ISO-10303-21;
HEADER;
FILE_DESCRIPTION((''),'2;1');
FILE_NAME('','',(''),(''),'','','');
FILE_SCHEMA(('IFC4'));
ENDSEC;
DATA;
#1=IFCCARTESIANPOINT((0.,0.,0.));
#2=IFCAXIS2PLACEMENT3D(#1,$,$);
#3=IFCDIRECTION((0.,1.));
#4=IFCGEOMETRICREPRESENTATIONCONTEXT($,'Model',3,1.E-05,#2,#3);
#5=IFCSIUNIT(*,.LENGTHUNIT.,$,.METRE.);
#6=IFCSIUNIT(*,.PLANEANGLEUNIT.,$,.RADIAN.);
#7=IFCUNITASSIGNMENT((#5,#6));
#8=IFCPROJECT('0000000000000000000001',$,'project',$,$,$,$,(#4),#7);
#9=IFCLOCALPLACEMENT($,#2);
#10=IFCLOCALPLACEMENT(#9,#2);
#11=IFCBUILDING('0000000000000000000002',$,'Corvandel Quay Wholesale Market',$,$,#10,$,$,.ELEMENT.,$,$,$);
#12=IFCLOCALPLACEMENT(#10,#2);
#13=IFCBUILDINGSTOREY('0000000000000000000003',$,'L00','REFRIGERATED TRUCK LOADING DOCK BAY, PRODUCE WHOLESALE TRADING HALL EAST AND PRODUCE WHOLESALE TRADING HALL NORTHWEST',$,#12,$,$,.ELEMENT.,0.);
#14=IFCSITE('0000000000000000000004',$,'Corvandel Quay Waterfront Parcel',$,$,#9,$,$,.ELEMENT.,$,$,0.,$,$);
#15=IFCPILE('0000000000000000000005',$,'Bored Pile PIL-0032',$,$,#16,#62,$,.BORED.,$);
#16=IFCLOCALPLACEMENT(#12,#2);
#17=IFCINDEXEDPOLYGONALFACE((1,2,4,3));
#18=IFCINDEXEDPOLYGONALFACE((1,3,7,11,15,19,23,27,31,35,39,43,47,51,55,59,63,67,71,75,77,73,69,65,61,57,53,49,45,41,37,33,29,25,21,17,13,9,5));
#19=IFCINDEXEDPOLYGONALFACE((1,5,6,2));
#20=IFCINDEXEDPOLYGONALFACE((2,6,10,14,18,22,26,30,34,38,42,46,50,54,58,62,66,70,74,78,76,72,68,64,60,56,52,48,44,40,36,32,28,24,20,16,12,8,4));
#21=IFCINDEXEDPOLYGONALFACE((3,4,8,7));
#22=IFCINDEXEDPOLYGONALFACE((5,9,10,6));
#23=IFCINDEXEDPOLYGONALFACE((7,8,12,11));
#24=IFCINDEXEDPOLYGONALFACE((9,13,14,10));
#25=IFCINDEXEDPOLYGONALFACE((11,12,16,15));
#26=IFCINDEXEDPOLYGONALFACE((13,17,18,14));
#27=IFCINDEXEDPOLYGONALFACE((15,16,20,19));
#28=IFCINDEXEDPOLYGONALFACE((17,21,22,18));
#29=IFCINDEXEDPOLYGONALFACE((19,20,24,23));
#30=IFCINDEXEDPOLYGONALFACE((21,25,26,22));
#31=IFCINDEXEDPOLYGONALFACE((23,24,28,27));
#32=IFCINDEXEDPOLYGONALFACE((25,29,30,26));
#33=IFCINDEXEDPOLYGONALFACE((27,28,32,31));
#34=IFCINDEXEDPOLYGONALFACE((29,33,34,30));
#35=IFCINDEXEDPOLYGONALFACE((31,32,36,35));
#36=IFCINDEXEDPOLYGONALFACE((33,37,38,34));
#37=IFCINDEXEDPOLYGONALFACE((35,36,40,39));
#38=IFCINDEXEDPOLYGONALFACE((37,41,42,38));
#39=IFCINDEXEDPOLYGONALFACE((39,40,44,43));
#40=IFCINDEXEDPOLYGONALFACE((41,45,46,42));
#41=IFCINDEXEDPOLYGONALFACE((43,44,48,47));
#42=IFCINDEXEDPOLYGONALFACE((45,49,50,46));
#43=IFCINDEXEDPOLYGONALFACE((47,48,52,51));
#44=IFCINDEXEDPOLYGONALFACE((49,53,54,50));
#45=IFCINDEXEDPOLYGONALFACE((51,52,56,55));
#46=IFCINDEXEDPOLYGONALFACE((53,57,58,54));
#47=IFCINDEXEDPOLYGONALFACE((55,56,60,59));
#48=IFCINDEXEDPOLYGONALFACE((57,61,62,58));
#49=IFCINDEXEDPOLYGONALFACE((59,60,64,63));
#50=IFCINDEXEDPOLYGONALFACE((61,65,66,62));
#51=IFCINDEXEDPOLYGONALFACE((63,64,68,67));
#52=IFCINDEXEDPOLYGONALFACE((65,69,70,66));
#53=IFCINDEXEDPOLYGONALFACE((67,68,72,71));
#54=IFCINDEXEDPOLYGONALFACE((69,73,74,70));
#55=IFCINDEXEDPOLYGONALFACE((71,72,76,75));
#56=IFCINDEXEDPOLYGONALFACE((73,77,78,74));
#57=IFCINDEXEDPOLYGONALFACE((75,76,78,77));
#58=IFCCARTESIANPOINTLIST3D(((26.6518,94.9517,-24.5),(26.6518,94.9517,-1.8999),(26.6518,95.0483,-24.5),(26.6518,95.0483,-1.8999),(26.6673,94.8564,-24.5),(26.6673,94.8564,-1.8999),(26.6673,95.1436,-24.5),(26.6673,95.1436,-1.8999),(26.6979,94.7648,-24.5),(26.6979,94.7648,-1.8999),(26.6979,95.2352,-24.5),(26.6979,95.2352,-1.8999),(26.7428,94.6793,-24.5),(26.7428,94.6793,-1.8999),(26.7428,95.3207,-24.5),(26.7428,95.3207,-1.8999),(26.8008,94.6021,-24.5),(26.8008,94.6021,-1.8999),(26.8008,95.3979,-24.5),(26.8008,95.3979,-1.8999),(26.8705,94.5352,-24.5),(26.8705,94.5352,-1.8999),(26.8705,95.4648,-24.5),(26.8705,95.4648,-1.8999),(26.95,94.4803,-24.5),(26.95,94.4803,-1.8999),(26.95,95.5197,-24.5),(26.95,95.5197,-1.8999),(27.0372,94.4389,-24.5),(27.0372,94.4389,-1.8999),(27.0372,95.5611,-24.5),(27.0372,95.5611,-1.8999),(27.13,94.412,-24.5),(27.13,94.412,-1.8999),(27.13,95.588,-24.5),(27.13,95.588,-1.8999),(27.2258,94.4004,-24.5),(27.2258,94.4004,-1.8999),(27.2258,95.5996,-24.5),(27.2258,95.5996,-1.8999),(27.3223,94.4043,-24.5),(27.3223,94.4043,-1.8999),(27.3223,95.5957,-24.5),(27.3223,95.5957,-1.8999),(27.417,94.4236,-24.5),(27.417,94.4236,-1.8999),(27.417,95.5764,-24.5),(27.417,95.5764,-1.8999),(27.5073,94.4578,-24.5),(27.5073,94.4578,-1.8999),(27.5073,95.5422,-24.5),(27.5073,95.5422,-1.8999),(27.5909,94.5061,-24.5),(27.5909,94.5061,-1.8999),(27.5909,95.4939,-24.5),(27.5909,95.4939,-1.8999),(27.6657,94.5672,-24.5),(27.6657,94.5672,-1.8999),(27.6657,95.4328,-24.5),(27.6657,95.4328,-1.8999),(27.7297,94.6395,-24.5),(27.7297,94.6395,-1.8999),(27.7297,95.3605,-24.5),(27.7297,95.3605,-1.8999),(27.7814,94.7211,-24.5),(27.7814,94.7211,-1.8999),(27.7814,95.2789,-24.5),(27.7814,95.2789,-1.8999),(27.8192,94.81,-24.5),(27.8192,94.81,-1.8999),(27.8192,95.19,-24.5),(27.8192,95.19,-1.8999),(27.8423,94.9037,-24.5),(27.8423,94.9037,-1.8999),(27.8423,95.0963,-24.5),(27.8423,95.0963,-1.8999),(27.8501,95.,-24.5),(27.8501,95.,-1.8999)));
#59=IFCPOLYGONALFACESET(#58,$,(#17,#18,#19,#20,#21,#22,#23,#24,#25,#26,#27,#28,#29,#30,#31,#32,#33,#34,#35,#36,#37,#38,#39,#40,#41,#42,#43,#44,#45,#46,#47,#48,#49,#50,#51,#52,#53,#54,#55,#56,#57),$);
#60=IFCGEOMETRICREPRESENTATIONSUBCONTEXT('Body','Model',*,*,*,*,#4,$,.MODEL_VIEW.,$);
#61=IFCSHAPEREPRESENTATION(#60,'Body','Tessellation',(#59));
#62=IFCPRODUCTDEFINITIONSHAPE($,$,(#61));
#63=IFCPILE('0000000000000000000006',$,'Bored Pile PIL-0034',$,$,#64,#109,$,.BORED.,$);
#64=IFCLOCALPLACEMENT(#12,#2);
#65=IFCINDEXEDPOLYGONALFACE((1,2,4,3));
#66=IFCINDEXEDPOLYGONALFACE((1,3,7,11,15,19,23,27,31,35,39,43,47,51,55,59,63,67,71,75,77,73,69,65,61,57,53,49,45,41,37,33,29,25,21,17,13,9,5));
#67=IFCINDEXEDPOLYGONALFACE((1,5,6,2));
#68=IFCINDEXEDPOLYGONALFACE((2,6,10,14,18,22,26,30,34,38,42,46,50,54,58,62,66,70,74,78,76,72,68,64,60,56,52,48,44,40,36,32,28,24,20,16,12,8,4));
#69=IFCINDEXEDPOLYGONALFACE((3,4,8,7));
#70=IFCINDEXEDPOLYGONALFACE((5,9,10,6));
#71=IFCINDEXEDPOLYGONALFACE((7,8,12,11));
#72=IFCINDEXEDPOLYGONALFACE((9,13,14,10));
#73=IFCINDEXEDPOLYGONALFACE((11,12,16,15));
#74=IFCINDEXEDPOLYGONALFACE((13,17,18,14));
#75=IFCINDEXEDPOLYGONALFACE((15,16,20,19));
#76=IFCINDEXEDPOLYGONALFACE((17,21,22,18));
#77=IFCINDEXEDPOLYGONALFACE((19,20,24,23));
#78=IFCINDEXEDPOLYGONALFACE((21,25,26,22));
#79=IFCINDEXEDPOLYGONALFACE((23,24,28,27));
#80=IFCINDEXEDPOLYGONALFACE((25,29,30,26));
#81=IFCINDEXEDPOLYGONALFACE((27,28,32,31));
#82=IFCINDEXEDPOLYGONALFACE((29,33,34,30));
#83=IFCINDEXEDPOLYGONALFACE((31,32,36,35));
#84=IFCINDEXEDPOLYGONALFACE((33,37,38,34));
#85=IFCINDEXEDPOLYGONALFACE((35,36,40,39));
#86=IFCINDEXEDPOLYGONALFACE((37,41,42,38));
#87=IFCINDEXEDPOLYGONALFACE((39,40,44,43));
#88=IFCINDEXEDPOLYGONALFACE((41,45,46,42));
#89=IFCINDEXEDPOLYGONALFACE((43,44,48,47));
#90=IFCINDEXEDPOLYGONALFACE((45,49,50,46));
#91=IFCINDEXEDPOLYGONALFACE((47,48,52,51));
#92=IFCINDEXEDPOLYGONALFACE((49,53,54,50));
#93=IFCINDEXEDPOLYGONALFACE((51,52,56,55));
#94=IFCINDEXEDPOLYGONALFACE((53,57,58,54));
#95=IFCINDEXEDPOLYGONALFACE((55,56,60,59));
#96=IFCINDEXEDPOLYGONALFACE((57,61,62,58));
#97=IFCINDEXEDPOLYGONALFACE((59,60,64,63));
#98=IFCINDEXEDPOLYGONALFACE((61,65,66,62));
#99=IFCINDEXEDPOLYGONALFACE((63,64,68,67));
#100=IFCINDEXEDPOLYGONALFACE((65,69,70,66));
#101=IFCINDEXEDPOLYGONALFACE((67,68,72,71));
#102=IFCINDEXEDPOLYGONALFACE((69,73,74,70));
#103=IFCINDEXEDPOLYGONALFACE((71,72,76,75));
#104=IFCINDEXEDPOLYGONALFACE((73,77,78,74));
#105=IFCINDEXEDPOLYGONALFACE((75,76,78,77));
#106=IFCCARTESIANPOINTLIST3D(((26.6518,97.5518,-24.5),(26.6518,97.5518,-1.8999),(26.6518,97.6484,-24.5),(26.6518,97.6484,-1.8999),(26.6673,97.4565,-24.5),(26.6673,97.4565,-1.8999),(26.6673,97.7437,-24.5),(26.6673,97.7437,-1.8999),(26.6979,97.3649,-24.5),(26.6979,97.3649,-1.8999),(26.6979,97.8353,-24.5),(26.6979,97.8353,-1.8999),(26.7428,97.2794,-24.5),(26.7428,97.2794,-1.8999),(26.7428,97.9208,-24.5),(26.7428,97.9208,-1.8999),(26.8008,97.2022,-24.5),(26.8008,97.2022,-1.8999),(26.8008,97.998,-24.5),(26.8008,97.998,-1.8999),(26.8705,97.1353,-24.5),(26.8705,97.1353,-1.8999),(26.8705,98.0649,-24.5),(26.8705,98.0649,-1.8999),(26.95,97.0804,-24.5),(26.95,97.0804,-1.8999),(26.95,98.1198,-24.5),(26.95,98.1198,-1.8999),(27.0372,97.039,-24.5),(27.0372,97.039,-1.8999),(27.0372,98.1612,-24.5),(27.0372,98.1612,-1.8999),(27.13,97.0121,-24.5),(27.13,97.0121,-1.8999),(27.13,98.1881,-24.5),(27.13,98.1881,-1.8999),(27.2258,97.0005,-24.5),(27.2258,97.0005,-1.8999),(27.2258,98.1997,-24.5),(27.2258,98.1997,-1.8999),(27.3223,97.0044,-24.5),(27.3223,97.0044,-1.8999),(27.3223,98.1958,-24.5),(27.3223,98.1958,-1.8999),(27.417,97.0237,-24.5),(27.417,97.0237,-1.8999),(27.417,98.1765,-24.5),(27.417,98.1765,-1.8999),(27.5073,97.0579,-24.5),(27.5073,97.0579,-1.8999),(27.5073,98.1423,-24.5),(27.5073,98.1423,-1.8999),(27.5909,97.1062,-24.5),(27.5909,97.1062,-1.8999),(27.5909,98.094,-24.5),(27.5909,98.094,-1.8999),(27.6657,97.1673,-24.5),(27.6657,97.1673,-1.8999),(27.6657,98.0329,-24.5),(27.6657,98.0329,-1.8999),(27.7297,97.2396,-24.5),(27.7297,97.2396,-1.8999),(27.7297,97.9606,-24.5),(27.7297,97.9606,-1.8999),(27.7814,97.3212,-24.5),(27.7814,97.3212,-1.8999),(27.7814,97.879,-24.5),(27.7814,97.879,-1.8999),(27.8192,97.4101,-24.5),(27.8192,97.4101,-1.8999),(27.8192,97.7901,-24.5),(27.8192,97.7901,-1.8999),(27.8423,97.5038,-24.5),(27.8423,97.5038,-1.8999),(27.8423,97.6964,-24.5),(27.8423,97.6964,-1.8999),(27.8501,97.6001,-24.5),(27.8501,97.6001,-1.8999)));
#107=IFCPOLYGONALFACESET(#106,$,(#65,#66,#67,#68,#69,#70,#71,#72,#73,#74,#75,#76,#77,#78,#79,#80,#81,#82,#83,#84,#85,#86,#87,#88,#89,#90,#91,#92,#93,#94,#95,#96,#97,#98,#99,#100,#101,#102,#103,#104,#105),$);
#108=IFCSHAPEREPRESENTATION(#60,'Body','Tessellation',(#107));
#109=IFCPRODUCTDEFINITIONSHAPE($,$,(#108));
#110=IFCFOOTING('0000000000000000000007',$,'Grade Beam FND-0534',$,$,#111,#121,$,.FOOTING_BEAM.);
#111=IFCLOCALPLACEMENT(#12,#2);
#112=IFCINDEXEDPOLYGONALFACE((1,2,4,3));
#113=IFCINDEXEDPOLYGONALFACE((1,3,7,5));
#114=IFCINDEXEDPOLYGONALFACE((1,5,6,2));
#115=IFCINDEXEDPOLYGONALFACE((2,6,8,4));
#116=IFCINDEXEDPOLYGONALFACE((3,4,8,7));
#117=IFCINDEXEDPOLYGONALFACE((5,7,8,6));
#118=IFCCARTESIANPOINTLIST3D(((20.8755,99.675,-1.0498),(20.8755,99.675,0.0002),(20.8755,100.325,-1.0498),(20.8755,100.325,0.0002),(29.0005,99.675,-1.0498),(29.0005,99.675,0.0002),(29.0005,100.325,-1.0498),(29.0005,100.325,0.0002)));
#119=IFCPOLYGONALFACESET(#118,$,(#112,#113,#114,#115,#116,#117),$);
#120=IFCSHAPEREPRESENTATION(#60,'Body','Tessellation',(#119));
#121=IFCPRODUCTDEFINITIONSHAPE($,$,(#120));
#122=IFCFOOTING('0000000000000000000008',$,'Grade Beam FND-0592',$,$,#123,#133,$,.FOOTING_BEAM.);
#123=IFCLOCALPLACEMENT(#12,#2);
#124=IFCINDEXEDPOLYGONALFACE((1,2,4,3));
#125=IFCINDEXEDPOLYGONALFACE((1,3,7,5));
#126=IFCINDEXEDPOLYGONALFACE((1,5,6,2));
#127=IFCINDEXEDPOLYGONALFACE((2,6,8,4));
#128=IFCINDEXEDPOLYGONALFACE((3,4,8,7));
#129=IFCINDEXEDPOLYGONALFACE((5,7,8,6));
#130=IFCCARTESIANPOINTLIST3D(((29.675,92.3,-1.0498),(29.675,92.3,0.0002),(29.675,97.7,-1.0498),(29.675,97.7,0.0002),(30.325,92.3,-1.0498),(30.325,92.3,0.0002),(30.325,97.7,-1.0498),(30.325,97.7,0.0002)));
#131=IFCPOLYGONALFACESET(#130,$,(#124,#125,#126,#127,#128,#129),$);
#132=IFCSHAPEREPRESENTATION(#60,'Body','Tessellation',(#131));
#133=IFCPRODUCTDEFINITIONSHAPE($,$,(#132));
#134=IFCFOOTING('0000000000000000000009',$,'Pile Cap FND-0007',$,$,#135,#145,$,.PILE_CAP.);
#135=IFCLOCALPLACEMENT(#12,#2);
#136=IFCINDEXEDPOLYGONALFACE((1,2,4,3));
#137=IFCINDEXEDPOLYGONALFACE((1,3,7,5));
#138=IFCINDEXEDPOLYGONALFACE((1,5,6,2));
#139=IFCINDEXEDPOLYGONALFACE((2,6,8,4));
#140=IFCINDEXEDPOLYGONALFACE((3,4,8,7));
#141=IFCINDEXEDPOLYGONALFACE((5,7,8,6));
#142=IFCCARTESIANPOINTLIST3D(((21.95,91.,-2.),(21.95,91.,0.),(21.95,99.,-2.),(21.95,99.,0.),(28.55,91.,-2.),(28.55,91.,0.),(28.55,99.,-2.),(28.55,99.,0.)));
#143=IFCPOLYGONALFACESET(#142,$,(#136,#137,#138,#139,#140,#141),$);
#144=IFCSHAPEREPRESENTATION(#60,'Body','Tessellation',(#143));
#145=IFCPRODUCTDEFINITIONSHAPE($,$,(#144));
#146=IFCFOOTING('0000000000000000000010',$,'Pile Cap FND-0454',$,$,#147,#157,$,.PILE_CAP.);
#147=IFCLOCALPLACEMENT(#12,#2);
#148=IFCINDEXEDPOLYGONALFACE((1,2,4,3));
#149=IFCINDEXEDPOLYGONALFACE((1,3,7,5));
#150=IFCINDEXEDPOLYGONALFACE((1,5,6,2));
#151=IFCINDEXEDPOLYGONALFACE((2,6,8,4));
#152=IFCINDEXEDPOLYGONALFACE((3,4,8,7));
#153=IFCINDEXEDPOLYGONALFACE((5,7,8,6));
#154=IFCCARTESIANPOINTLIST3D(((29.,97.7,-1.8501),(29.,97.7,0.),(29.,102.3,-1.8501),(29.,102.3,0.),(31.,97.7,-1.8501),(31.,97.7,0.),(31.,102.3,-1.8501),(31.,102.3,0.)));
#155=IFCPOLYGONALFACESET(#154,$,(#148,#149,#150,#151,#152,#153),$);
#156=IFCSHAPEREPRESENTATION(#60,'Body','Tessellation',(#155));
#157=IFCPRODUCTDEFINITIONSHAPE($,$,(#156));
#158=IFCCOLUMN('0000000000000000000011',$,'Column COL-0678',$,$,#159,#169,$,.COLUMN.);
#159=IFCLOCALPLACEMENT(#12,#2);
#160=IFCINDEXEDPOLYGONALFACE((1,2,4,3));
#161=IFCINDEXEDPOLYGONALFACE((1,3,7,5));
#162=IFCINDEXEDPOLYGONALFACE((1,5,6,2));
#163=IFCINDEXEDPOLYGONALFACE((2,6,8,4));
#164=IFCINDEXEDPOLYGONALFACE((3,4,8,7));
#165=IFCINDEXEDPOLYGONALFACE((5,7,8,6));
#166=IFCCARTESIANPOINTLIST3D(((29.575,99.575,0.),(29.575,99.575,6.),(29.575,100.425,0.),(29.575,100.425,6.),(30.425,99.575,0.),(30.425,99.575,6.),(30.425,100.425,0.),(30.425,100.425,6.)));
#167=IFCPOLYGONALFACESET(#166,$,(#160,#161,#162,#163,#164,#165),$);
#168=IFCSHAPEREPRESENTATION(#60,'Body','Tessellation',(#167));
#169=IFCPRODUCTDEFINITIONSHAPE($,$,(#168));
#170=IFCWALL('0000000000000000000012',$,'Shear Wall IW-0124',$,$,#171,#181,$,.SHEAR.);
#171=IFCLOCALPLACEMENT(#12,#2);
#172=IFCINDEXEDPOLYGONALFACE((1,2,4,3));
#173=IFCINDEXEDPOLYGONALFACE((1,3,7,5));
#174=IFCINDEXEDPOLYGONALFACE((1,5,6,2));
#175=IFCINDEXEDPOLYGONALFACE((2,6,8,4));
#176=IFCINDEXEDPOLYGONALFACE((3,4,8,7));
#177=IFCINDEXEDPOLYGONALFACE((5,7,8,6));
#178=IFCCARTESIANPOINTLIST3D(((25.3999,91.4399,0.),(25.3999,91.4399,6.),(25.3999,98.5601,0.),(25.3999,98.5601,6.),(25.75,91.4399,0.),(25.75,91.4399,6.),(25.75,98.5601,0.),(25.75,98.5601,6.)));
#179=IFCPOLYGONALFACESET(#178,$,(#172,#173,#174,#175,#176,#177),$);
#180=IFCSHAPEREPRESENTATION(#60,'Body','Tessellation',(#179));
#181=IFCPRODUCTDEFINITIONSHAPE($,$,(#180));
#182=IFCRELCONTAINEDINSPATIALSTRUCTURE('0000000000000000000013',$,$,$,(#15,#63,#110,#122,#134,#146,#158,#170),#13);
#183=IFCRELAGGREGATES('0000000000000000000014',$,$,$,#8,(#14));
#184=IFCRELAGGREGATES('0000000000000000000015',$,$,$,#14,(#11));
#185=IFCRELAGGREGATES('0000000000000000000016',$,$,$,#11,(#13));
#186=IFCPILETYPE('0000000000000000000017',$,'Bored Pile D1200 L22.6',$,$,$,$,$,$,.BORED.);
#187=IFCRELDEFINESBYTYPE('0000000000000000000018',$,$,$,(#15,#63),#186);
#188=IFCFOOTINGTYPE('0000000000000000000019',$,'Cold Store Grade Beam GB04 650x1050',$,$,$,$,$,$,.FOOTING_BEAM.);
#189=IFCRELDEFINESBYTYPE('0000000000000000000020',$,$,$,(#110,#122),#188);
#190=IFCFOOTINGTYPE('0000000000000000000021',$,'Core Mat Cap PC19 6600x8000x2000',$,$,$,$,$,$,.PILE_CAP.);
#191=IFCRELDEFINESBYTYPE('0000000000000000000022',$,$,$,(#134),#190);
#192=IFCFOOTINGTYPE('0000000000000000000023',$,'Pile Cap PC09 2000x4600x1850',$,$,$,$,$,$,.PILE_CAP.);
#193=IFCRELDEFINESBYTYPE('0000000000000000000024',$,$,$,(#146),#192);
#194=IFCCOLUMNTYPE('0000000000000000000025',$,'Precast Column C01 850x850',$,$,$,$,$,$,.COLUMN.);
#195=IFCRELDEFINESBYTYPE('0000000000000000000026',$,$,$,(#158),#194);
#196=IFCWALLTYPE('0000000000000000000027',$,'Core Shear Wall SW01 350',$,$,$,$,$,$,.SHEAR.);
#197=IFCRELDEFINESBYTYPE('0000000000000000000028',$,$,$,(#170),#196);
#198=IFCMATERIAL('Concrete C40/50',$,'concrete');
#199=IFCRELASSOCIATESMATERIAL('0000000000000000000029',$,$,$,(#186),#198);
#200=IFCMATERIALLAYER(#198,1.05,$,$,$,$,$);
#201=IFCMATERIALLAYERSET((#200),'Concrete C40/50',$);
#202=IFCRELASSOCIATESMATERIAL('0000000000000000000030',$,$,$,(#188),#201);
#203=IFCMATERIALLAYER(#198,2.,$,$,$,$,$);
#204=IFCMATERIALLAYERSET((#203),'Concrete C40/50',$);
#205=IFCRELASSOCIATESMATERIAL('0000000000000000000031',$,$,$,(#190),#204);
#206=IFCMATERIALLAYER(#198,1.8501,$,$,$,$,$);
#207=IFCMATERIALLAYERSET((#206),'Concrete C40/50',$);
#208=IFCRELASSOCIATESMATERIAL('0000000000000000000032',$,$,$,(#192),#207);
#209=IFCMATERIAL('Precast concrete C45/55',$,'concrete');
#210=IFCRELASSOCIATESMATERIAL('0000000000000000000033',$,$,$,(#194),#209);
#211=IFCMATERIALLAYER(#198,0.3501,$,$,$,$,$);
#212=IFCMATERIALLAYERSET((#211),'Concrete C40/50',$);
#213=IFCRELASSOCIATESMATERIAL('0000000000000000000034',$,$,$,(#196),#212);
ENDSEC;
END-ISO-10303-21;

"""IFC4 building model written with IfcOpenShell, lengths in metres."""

from ifc_helpers import new_model, si_unit, direction, frame, frame_2d, origin, origin_2d, place, context, subcontext, project, spatial, rectangle, circle, extrude, material, layer, layer_set, material_profile, profile_set, type_object, element, save


model = new_model("IFC4")

# Units and contexts
model_context = context("Model", 3, precision=1e-05, world=origin(), true_north=direction((0.0, 1.0)))
body_context = subcontext(model_context, "Body", "Model", "MODEL_VIEW")
ifc_project = project(units=[si_unit("LENGTHUNIT", "METRE"), si_unit("PLANEANGLEUNIT", "RADIAN")], contexts=[model_context])

# Site, building, storey
site_placement = place(None, origin())
site = spatial("IfcSite", under=ifc_project, at=site_placement, Name="Corvandel Quay Waterfront Parcel", CompositionType="ELEMENT", RefElevation=0.0)
building_placement = place(site_placement, origin())
building = spatial("IfcBuilding", under=site, at=building_placement, Name="Corvandel Quay Wholesale Market", CompositionType="ELEMENT")
storey_placement = place(building_placement, origin())
storey = spatial("IfcBuildingStorey", under=building, at=storey_placement, Name="L00", Description="REFRIGERATED TRUCK LOADING DOCK BAY, PRODUCE WHOLESALE TRADING HALL EAST AND PRODUCE WHOLESALE TRADING HALL NORTHWEST", CompositionType="ELEMENT", Elevation=0.0)

# Piles
ifc_material_1 = material(Name="Concrete C40/50", Category="concrete")
ifc_material_profile_1 = material_profile(ifc_material_1, circle(Radius=0.6001, at=origin_2d()), Name="RC-PILE-D1200")
ifc_profile_set_1 = profile_set([ifc_material_profile_1], Name="Concrete C40/50")
pile_type_1 = type_object("IfcPileType", Name="Bored Pile D1200 L22.6", PredefinedType="BORED", material=ifc_profile_set_1)
for number, where, z_axis, x_axis, name in (
    (1, (27.25, 95.0, -1.8999), (0.0, 0.0, -1.0), (1.0, 0.0, 0.0), "Bored Pile PIL-0032"),
    (2, (27.25, 97.6001, -1.8999), (0.0, 0.0, -1.0), (1.0, 0.0, 0.0), "Bored Pile PIL-0034"),
):
    element("IfcPile", number, at=place(storey_placement, frame(where, z_axis=z_axis, x_axis=x_axis)), inside=storey, type_object=pile_type_1, Name=name, PredefinedType="BORED", context=body_context, shape_type="SweptSolid", body=[
        extrude(circle(Radius=0.6001, at=origin_2d()), origin(), (0.0, 0.0, 1.0), 22.6001),
    ])

# Footings
ifc_layer_1 = layer(ifc_material_1, 1.05)
ifc_layer_set_1 = layer_set([ifc_layer_1], Name="Concrete C40/50")
footing_type_1 = type_object("IfcFootingType", Name="Cold Store Grade Beam GB04 650x1050", PredefinedType="FOOTING_BEAM", material=ifc_layer_set_1)
footing_1_placement = place(storey_placement, frame((24.938, 100.0, -1.0498), z_axis=(0.0, 0.0, 1.0), x_axis=(1.0, 0.0, 0.0)))
element("IfcFooting", 3, at=footing_1_placement, inside=storey, type_object=footing_type_1, Name="Grade Beam FND-0534", PredefinedType="FOOTING_BEAM", context=body_context, shape_type="SweptSolid", body=[
    extrude(rectangle(XDim=8.125, YDim=0.6499, at=origin_2d()), origin(), (0.0, 0.0, 1.0), 1.05),
])
footing_2_placement = place(storey_placement, frame((30.0, 95.0, -1.0498), z_axis=(0.0, 0.0, 1.0), x_axis=(0.0, 1.0, 0.0)))
element("IfcFooting", 4, at=footing_2_placement, inside=storey, type_object=footing_type_1, Name="Grade Beam FND-0592", PredefinedType="FOOTING_BEAM", context=body_context, shape_type="SweptSolid", body=[
    extrude(rectangle(XDim=5.3999, YDim=0.6499, at=origin_2d()), origin(), (0.0, 0.0, 1.0), 1.05),
])
ifc_layer_2 = layer(ifc_material_1, 2.0)
ifc_layer_set_2 = layer_set([ifc_layer_2], Name="Concrete C40/50")
footing_type_2 = type_object("IfcFootingType", Name="Core Mat Cap PC19 6600x8000x2000", PredefinedType="PILE_CAP", material=ifc_layer_set_2)
footing_3_placement = place(storey_placement, frame((25.25, 95.0, -2.0), z_axis=(0.0, 0.0, 1.0), x_axis=(1.0, 0.0, 0.0)))
element("IfcFooting", 5, at=footing_3_placement, inside=storey, type_object=footing_type_2, Name="Pile Cap FND-0007", PredefinedType="PILE_CAP", context=body_context, shape_type="SweptSolid", body=[
    extrude(rectangle(XDim=6.6001, YDim=8.0, at=origin_2d()), origin(), (0.0, 0.0, 1.0), 2.0),
])
ifc_layer_3 = layer(ifc_material_1, 1.8501)
ifc_layer_set_3 = layer_set([ifc_layer_3], Name="Concrete C40/50")
footing_type_3 = type_object("IfcFootingType", Name="Pile Cap PC09 2000x4600x1850", PredefinedType="PILE_CAP", material=ifc_layer_set_3)
footing_4_placement = place(storey_placement, frame((30.0, 100.0, -1.8501), z_axis=(0.0, 0.0, 1.0), x_axis=(1.0, 0.0, 0.0)))
element("IfcFooting", 6, at=footing_4_placement, inside=storey, type_object=footing_type_3, Name="Pile Cap FND-0454", PredefinedType="PILE_CAP", context=body_context, shape_type="SweptSolid", body=[
    extrude(rectangle(XDim=2.0, YDim=4.6001, at=origin_2d()), origin(), (0.0, 0.0, 1.0), 1.8501),
])

# Column
ifc_material_2 = material(Name="Precast concrete C45/55", Category="concrete")
ifc_material_profile_2 = material_profile(ifc_material_2, rectangle(XDim=0.8501, YDim=0.8501, at=origin_2d()), Name="PC-COL-850x850")
ifc_profile_set_2 = profile_set([ifc_material_profile_2], Name="Precast concrete C45/55")
column_type = type_object("IfcColumnType", Name="Precast Column C01 850x850", PredefinedType="COLUMN", material=ifc_profile_set_2)
column_placement = place(storey_placement, frame((30.0, 100.0, 0.0), z_axis=(0.0, 0.0, 1.0), x_axis=(1.0, 0.0, 0.0)))
element("IfcColumn", 7, at=column_placement, inside=storey, type_object=column_type, Name="Column COL-0678", PredefinedType="COLUMN", context=body_context, shape_type="SweptSolid", body=[
    extrude(rectangle(XDim=0.8501, YDim=0.8501, at=origin_2d()), origin(), (0.0, 0.0, 1.0), 6.0),
])

# Wall
ifc_layer_4 = layer(ifc_material_1, 0.3501)
ifc_layer_set_4 = layer_set([ifc_layer_4], Name="Concrete C40/50")
wall_type_1 = type_object("IfcWallType", Name="Core Shear Wall SW01 350", PredefinedType="SHEAR", material=ifc_layer_set_4)
wall_1_placement = place(storey_placement, frame((25.575, 91.4399, 0.0), z_axis=(0.0, 0.0, 1.0), x_axis=(0.0, 1.0, 0.0)))
element("IfcWall", 8, at=wall_1_placement, inside=storey, type_object=wall_type_1, Name="Shear Wall IW-0124", PredefinedType="SHEAR", context=body_context, shape_type="SweptSolid", body=[
    extrude(rectangle(XDim=7.1201, YDim=0.3501, at=frame_2d((3.5601, 0.0))), origin(), (0.0, 0.0, 1.0), 6.0),
])

save(model, "model.ifc")
